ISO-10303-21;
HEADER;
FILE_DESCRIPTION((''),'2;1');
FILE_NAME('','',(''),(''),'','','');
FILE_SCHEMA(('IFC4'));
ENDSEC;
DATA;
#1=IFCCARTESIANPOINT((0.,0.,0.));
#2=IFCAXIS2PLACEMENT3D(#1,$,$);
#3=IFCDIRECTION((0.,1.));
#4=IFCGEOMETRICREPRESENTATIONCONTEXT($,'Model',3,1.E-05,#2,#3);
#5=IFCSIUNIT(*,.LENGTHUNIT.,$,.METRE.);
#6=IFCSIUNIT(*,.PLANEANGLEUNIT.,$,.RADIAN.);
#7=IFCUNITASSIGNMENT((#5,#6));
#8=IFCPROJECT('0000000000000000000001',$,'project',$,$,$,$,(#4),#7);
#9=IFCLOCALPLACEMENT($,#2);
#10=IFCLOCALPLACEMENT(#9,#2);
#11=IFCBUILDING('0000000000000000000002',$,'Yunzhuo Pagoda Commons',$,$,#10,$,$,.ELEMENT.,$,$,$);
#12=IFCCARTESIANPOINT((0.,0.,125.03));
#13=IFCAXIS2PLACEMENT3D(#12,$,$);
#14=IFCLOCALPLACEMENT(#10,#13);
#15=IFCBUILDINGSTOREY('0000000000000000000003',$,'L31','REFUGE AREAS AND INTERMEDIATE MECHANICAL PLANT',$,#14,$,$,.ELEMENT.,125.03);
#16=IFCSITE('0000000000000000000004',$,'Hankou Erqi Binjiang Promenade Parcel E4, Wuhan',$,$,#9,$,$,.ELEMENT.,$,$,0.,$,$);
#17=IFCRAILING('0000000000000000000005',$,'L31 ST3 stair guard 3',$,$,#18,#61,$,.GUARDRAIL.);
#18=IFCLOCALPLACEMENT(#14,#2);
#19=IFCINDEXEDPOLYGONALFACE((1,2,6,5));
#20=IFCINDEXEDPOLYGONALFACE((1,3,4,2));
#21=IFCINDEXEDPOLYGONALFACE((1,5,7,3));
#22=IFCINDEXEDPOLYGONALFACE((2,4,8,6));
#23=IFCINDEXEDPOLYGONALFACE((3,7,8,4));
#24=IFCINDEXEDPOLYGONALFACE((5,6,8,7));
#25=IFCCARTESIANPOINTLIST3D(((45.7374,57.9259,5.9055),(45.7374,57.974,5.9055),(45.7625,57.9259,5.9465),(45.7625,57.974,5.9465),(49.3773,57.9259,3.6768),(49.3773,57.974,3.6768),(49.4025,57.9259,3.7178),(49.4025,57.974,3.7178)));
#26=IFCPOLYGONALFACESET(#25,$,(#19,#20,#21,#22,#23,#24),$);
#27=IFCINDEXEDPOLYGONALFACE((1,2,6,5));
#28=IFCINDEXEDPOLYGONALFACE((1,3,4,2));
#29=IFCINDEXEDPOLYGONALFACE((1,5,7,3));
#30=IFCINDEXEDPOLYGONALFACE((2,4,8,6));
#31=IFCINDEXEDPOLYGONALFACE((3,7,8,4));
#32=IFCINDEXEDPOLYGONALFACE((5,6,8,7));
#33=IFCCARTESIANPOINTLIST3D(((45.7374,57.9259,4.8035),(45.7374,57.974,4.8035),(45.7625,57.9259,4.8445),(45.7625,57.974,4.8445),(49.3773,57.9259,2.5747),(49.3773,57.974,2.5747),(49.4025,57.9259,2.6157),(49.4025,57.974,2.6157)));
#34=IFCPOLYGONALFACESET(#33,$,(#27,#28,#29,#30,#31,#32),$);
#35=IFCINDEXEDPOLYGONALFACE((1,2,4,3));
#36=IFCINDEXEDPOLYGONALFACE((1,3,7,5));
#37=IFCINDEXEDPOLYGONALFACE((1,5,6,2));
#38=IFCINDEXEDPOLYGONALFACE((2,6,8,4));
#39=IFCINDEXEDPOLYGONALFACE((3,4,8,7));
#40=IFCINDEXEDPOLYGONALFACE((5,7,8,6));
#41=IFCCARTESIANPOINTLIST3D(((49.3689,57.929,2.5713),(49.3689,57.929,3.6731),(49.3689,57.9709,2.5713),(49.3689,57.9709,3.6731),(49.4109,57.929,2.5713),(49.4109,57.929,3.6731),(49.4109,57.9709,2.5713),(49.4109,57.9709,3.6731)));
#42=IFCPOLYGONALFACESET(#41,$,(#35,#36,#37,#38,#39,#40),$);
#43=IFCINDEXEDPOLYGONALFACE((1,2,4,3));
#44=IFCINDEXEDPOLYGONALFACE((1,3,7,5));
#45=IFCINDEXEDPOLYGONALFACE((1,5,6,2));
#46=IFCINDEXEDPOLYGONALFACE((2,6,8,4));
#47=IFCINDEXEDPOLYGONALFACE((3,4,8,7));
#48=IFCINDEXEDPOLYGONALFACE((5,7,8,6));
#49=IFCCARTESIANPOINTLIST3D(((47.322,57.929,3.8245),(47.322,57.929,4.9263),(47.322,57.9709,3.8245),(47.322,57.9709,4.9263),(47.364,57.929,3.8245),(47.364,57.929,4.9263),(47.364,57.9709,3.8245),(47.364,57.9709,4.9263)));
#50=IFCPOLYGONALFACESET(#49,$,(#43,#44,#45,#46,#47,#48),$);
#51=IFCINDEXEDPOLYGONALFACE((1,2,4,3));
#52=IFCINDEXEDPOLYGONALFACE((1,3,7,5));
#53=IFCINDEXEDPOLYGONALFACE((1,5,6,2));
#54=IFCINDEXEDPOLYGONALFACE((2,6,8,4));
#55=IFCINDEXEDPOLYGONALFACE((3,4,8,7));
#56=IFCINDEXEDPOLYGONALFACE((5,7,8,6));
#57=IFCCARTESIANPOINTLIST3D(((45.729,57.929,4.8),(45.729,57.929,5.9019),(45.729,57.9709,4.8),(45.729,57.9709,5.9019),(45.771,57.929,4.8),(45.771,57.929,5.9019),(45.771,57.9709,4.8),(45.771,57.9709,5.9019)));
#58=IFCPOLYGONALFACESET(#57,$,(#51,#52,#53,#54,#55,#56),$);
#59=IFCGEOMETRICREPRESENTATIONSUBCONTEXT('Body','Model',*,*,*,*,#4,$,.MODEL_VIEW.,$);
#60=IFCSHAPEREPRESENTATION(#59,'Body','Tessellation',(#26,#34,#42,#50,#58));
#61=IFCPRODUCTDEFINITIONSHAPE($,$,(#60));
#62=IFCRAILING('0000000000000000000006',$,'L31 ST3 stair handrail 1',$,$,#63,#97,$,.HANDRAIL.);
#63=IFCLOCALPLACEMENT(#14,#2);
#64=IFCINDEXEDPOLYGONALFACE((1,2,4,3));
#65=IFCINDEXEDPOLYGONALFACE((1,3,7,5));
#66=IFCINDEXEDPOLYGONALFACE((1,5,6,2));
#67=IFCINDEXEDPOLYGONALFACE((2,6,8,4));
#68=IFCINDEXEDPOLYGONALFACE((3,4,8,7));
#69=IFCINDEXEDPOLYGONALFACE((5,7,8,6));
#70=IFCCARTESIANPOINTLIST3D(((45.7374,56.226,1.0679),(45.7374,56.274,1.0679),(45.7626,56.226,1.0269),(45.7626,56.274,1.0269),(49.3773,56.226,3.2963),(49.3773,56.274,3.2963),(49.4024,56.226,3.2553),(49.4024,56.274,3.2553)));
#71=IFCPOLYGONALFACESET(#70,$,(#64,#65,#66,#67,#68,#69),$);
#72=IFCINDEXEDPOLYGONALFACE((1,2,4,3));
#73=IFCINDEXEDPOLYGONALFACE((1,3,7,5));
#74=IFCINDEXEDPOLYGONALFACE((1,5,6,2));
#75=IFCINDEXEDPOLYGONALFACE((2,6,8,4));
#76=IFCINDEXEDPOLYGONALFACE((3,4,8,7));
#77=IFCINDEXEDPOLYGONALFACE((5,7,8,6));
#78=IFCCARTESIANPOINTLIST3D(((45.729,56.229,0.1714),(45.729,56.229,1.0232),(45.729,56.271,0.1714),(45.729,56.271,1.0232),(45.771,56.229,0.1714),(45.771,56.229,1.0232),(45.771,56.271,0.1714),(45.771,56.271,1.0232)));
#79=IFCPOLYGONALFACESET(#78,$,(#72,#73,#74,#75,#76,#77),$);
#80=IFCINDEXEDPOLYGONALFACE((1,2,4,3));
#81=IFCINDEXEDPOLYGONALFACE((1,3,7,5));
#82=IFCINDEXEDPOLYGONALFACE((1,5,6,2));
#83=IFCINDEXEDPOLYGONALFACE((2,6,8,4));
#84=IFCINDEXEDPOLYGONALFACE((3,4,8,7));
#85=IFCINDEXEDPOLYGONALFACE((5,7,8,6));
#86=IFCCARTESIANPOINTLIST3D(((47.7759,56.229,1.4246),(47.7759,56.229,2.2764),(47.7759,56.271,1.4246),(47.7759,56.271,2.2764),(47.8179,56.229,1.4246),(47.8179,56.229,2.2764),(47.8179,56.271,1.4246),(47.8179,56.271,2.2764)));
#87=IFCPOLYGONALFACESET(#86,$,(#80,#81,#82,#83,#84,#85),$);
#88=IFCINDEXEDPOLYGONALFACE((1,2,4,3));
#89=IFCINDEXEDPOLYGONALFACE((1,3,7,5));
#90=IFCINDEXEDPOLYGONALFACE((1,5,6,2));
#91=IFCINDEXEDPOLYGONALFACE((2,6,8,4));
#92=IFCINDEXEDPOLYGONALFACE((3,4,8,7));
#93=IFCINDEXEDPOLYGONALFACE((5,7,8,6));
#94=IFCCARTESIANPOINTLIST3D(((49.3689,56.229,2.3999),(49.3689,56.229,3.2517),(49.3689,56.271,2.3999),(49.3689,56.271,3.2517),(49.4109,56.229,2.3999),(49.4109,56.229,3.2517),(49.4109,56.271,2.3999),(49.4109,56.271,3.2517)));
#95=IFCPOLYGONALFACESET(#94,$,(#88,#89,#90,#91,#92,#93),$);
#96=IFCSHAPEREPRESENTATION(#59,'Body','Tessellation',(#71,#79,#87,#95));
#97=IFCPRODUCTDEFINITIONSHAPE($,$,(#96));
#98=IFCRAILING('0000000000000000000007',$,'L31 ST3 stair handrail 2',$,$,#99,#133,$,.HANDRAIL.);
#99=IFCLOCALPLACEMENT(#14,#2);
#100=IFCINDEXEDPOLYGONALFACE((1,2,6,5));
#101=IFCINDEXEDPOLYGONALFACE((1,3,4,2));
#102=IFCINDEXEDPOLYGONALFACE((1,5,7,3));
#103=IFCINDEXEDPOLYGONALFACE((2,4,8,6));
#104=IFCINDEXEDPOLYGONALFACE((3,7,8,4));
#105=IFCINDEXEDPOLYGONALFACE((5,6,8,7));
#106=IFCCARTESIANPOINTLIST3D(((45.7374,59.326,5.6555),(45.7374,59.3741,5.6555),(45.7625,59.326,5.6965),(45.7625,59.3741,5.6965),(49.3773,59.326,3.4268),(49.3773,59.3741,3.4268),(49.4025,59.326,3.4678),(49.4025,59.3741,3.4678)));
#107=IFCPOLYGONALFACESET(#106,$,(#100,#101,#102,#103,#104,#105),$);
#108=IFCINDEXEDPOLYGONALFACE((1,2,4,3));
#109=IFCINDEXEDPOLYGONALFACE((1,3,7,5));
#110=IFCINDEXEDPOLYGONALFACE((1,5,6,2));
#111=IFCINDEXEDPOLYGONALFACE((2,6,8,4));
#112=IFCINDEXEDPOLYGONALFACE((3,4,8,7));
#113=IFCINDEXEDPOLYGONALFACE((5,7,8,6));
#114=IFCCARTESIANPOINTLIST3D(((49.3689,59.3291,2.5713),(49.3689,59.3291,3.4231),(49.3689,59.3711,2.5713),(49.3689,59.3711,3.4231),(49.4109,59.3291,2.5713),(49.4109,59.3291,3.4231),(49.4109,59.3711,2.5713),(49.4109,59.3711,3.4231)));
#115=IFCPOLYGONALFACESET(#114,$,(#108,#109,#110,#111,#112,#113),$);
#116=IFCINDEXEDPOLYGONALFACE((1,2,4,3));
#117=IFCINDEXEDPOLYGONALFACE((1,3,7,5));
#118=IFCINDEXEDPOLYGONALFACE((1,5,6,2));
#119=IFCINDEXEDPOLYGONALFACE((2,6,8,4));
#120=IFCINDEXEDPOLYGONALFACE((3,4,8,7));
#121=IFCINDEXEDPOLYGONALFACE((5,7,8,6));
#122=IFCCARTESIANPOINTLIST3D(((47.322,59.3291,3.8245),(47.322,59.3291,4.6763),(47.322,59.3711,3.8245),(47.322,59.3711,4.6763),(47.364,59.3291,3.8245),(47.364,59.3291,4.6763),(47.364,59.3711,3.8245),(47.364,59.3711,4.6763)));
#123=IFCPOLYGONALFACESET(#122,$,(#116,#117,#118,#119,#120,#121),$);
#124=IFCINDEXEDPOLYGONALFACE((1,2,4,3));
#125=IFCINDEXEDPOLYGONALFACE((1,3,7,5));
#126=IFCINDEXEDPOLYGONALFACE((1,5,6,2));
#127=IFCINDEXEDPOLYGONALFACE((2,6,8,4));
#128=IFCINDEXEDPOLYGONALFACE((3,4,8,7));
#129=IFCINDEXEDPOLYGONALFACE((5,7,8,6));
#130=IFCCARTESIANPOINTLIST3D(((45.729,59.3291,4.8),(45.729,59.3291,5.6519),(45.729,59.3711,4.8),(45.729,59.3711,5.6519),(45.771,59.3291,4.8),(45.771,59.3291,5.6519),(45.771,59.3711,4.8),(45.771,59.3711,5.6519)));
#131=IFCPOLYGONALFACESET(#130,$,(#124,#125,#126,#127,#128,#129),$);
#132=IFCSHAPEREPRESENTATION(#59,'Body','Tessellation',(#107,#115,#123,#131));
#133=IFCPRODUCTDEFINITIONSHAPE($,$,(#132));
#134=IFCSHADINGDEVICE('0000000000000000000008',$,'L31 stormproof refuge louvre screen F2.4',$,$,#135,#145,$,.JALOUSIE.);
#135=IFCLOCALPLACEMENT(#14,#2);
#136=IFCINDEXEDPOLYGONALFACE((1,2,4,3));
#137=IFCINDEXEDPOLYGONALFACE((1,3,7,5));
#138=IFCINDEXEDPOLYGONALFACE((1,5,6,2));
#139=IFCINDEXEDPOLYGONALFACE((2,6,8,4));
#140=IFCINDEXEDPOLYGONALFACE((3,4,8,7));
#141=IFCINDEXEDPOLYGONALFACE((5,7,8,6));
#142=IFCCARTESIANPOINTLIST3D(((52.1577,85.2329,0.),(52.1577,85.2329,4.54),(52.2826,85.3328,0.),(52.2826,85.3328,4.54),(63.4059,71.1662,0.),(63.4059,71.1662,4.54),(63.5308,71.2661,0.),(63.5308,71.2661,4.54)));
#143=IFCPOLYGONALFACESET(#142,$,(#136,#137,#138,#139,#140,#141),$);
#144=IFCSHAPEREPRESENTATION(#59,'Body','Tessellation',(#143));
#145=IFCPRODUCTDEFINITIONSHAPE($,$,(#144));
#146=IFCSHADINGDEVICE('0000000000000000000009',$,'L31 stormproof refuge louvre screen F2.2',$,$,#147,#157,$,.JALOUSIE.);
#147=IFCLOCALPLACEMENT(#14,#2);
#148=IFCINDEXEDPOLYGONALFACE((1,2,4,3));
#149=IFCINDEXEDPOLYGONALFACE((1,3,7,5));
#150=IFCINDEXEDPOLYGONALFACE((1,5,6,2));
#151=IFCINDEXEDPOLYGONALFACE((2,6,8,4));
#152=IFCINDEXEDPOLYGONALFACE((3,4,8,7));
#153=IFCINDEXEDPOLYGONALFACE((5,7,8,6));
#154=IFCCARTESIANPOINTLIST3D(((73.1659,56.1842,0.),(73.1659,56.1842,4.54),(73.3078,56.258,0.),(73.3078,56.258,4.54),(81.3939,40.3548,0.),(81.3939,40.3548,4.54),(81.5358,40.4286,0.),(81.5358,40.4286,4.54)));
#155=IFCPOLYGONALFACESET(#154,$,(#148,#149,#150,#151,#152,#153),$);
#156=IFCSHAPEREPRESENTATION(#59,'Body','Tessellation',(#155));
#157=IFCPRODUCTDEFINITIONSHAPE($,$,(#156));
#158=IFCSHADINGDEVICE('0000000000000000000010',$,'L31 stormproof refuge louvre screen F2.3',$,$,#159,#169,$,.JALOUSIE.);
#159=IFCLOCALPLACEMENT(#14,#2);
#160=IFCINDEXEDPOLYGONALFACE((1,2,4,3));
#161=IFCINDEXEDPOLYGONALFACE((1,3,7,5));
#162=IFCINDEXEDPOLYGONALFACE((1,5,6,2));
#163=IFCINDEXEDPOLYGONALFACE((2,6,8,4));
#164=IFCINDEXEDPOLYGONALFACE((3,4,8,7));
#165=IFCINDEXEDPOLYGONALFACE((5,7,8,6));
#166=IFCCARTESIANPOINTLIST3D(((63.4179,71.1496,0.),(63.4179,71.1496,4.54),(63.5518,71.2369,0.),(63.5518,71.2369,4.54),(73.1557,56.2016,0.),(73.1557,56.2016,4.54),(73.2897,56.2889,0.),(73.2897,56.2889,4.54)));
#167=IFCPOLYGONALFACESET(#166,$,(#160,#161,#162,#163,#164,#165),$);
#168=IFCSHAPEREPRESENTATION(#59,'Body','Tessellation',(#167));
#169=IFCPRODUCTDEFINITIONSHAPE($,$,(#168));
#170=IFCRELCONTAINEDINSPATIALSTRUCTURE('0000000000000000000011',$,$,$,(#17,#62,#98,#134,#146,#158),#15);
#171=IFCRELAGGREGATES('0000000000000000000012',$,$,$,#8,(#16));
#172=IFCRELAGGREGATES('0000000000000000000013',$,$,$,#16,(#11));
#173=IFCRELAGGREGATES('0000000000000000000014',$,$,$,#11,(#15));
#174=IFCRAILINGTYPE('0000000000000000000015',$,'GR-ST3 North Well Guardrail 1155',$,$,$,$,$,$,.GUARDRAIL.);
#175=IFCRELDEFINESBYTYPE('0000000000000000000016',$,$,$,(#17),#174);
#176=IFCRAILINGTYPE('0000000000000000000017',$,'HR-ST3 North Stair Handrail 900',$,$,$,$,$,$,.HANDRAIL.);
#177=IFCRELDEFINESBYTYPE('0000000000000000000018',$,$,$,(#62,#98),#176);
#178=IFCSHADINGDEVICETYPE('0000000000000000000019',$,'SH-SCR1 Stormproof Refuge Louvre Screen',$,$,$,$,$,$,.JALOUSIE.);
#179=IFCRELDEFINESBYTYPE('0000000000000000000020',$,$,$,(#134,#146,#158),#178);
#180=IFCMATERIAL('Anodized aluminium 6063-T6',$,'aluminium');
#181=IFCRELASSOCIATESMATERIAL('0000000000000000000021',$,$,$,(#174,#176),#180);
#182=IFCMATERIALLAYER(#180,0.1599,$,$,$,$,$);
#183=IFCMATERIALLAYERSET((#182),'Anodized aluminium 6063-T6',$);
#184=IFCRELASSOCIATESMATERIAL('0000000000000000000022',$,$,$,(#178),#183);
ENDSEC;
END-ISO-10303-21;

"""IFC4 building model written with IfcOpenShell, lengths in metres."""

from ifc_helpers import new_model, si_unit, direction, frame, origin, origin_2d, place, context, subcontext, project, spatial, rectangle, extrude, source, transform, mapped, material, layer, layer_set, type_object, element, save


model = new_model("IFC4")

# Units and contexts
model_context = context("Model", 3, precision=1e-05, world=origin(), true_north=direction((0.0, 1.0)))
body_context = subcontext(model_context, "Body", "Model", "MODEL_VIEW")
ifc_project = project(units=[si_unit("LENGTHUNIT", "METRE"), si_unit("PLANEANGLEUNIT", "RADIAN")], contexts=[model_context])

# Site, building, storey
site_placement = place(None, origin())
site = spatial("IfcSite", under=ifc_project, at=site_placement, Name="Hankou Erqi Binjiang Promenade Parcel E4, Wuhan", CompositionType="ELEMENT", RefElevation=0.0)
building_placement = place(site_placement, origin())
building = spatial("IfcBuilding", under=site, at=building_placement, Name="Yunzhuo Pagoda Commons", CompositionType="ELEMENT")
storey_placement = place(building_placement, frame((0.0, 0.0, 125.03)))
storey = spatial("IfcBuildingStorey", under=building, at=storey_placement, Name="L31", Description="REFUGE AREAS AND INTERMEDIATE MECHANICAL PLANT", CompositionType="ELEMENT", Elevation=125.03)

# Railings
ifc_material_1 = material(Name="Anodized aluminium 6063-T6", Category="aluminium")
railing_type_1 = type_object("IfcRailingType", Name="GR-ST3 North Well Guardrail 1155", PredefinedType="GUARDRAIL", material=ifc_material_1)
railing_1_placement = place(storey_placement, frame((49.3899, 57.95, 2.5713)))
element("IfcRailing", 1, at=railing_1_placement, inside=storey, type_object=railing_type_1, Name="L31 ST3 stair guard 3", PredefinedType="GUARDRAIL", context=body_context, shape_type="SweptSolid", body=[
    extrude(rectangle(XDim=0.0481, YDim=0.0481, at=origin_2d()), frame((0.0, 0.0, 1.126), z_axis=(-0.852825, 0.0, 0.522197), x_axis=(0.0, -1.0, 0.0)), (0.0, 0.0, 1.0), 4.2681),
    extrude(rectangle(XDim=0.0481, YDim=0.0481, at=origin_2d()), frame((0.0, 0.0, 0.0239), z_axis=(-0.852825, 0.0, 0.522197), x_axis=(0.0, -1.0, 0.0)), (0.0, 0.0, 1.0), 4.2681),
    extrude(rectangle(XDim=0.042, YDim=0.042, at=origin_2d()), origin(), (0.0, 0.0, 1.0), 1.1018),
    extrude(rectangle(XDim=0.042, YDim=0.042, at=origin_2d()), frame((-2.0469, 0.0, 1.2532)), (0.0, 0.0, 1.0), 1.1018),
    extrude(rectangle(XDim=0.042, YDim=0.042, at=origin_2d()), frame((-3.6399, 0.0, 2.2288)), (0.0, 0.0, 1.0), 1.1018),
])
railing_type_2 = type_object("IfcRailingType", Name="HR-ST3 North Stair Handrail 900", PredefinedType="HANDRAIL", material=ifc_material_1)
railing_2_placement = place(storey_placement, frame((45.75, 56.25, 0.1714)))
element("IfcRailing", 2, at=railing_2_placement, inside=storey, type_object=railing_type_2, Name="L31 ST3 stair handrail 1", PredefinedType="HANDRAIL", context=body_context, shape_type="SweptSolid", body=[
    extrude(rectangle(XDim=0.0481, YDim=0.0481, at=origin_2d()), frame((0.0, 0.0, 0.876), z_axis=(0.85285, 0.0, 0.522156), x_axis=(0.0, 1.0, 0.0)), (0.0, 0.0, 1.0), 4.2678),
    extrude(rectangle(XDim=0.042, YDim=0.042, at=origin_2d()), origin(), (0.0, 0.0, 1.0), 0.8518),
    extrude(rectangle(XDim=0.042, YDim=0.042, at=origin_2d()), frame((2.0469, 0.0, 1.2532)), (0.0, 0.0, 1.0), 0.8518),
    extrude(rectangle(XDim=0.042, YDim=0.042, at=origin_2d()), frame((3.6399, 0.0, 2.2285)), (0.0, 0.0, 1.0), 0.8518),
])
railing_3_placement = place(storey_placement, frame((49.3899, 59.3501, 2.5713)))
element("IfcRailing", 3, at=railing_3_placement, inside=storey, type_object=railing_type_2, Name="L31 ST3 stair handrail 2", PredefinedType="HANDRAIL", context=body_context, shape_type="SweptSolid", body=[
    extrude(rectangle(XDim=0.0481, YDim=0.0481, at=origin_2d()), frame((0.0, 0.0, 0.876), z_axis=(-0.852825, 0.0, 0.522197), x_axis=(0.0, -1.0, 0.0)), (0.0, 0.0, 1.0), 4.2681),
    extrude(rectangle(XDim=0.042, YDim=0.042, at=origin_2d()), origin(), (0.0, 0.0, 1.0), 0.8518),
    extrude(rectangle(XDim=0.042, YDim=0.042, at=origin_2d()), frame((-2.0469, 0.0, 1.2532)), (0.0, 0.0, 1.0), 0.8518),
    extrude(rectangle(XDim=0.042, YDim=0.042, at=origin_2d()), frame((-3.6399, 0.0, 2.2288)), (0.0, 0.0, 1.0), 0.8518),
])

# Shading devices
ifc_layer_1 = layer(ifc_material_1, 0.1599)
ifc_layer_set_1 = layer_set([ifc_layer_1], Name="Anodized aluminium 6063-T6")
shading_device_type = type_object("IfcShadingDeviceType", Name="SH-SCR1 Stormproof Refuge Louvre Screen", PredefinedType="JALOUSIE", material=ifc_layer_set_1)
shared_shape_1 = source(origin(), body_context, "Body", "SweptSolid", [
    extrude(rectangle(XDim=18.011, YDim=0.1599, at=origin_2d()), origin(), (0.0, 0.0, 1.0), 4.54),
])
shading_device_placement = place(storey_placement, frame((57.8442, 78.2495, 0.0), z_axis=(0.0, 0.0, 1.0), x_axis=(-0.62452, 0.781008, 0.0)))
element("IfcShadingDevice", 4, at=shading_device_placement, inside=storey, type_object=shading_device_type, Name="L31 stormproof refuge louvre screen F2.4", PredefinedType="JALOUSIE", context=body_context, shape_type="MappedRepresentation", body=[
    mapped(shared_shape_1, transform((0.0, 0.0, 0.0), scale=1.0)),
])
shared_shape_2 = source(origin(), body_context, "Body", "SweptSolid", [
    extrude(rectangle(XDim=17.8401, YDim=0.1599, at=origin_2d()), origin(), (0.0, 0.0, 1.0), 4.54),
])
for number, where, z_axis, x_axis, name in (
    (5, (77.3508, 48.3064, 0.0), (0.0, 0.0, 1.0), (-0.461207, 0.887293, 0.0), "L31 stormproof refuge louvre screen F2.2"),
    (6, (68.3538, 63.7192, 0.0), (0.0, 0.0, 1.0), (-0.545839, 0.83789, 0.0), "L31 stormproof refuge louvre screen F2.3"),
):
    element("IfcShadingDevice", number, at=place(storey_placement, frame(where, z_axis=z_axis, x_axis=x_axis)), inside=storey, type_object=shading_device_type, Name=name, PredefinedType="JALOUSIE", context=body_context, shape_type="MappedRepresentation", body=[
        mapped(shared_shape_2, transform((0.0, 0.0, 0.0), scale=1.0)),
    ])

save(model, "model.ifc")
